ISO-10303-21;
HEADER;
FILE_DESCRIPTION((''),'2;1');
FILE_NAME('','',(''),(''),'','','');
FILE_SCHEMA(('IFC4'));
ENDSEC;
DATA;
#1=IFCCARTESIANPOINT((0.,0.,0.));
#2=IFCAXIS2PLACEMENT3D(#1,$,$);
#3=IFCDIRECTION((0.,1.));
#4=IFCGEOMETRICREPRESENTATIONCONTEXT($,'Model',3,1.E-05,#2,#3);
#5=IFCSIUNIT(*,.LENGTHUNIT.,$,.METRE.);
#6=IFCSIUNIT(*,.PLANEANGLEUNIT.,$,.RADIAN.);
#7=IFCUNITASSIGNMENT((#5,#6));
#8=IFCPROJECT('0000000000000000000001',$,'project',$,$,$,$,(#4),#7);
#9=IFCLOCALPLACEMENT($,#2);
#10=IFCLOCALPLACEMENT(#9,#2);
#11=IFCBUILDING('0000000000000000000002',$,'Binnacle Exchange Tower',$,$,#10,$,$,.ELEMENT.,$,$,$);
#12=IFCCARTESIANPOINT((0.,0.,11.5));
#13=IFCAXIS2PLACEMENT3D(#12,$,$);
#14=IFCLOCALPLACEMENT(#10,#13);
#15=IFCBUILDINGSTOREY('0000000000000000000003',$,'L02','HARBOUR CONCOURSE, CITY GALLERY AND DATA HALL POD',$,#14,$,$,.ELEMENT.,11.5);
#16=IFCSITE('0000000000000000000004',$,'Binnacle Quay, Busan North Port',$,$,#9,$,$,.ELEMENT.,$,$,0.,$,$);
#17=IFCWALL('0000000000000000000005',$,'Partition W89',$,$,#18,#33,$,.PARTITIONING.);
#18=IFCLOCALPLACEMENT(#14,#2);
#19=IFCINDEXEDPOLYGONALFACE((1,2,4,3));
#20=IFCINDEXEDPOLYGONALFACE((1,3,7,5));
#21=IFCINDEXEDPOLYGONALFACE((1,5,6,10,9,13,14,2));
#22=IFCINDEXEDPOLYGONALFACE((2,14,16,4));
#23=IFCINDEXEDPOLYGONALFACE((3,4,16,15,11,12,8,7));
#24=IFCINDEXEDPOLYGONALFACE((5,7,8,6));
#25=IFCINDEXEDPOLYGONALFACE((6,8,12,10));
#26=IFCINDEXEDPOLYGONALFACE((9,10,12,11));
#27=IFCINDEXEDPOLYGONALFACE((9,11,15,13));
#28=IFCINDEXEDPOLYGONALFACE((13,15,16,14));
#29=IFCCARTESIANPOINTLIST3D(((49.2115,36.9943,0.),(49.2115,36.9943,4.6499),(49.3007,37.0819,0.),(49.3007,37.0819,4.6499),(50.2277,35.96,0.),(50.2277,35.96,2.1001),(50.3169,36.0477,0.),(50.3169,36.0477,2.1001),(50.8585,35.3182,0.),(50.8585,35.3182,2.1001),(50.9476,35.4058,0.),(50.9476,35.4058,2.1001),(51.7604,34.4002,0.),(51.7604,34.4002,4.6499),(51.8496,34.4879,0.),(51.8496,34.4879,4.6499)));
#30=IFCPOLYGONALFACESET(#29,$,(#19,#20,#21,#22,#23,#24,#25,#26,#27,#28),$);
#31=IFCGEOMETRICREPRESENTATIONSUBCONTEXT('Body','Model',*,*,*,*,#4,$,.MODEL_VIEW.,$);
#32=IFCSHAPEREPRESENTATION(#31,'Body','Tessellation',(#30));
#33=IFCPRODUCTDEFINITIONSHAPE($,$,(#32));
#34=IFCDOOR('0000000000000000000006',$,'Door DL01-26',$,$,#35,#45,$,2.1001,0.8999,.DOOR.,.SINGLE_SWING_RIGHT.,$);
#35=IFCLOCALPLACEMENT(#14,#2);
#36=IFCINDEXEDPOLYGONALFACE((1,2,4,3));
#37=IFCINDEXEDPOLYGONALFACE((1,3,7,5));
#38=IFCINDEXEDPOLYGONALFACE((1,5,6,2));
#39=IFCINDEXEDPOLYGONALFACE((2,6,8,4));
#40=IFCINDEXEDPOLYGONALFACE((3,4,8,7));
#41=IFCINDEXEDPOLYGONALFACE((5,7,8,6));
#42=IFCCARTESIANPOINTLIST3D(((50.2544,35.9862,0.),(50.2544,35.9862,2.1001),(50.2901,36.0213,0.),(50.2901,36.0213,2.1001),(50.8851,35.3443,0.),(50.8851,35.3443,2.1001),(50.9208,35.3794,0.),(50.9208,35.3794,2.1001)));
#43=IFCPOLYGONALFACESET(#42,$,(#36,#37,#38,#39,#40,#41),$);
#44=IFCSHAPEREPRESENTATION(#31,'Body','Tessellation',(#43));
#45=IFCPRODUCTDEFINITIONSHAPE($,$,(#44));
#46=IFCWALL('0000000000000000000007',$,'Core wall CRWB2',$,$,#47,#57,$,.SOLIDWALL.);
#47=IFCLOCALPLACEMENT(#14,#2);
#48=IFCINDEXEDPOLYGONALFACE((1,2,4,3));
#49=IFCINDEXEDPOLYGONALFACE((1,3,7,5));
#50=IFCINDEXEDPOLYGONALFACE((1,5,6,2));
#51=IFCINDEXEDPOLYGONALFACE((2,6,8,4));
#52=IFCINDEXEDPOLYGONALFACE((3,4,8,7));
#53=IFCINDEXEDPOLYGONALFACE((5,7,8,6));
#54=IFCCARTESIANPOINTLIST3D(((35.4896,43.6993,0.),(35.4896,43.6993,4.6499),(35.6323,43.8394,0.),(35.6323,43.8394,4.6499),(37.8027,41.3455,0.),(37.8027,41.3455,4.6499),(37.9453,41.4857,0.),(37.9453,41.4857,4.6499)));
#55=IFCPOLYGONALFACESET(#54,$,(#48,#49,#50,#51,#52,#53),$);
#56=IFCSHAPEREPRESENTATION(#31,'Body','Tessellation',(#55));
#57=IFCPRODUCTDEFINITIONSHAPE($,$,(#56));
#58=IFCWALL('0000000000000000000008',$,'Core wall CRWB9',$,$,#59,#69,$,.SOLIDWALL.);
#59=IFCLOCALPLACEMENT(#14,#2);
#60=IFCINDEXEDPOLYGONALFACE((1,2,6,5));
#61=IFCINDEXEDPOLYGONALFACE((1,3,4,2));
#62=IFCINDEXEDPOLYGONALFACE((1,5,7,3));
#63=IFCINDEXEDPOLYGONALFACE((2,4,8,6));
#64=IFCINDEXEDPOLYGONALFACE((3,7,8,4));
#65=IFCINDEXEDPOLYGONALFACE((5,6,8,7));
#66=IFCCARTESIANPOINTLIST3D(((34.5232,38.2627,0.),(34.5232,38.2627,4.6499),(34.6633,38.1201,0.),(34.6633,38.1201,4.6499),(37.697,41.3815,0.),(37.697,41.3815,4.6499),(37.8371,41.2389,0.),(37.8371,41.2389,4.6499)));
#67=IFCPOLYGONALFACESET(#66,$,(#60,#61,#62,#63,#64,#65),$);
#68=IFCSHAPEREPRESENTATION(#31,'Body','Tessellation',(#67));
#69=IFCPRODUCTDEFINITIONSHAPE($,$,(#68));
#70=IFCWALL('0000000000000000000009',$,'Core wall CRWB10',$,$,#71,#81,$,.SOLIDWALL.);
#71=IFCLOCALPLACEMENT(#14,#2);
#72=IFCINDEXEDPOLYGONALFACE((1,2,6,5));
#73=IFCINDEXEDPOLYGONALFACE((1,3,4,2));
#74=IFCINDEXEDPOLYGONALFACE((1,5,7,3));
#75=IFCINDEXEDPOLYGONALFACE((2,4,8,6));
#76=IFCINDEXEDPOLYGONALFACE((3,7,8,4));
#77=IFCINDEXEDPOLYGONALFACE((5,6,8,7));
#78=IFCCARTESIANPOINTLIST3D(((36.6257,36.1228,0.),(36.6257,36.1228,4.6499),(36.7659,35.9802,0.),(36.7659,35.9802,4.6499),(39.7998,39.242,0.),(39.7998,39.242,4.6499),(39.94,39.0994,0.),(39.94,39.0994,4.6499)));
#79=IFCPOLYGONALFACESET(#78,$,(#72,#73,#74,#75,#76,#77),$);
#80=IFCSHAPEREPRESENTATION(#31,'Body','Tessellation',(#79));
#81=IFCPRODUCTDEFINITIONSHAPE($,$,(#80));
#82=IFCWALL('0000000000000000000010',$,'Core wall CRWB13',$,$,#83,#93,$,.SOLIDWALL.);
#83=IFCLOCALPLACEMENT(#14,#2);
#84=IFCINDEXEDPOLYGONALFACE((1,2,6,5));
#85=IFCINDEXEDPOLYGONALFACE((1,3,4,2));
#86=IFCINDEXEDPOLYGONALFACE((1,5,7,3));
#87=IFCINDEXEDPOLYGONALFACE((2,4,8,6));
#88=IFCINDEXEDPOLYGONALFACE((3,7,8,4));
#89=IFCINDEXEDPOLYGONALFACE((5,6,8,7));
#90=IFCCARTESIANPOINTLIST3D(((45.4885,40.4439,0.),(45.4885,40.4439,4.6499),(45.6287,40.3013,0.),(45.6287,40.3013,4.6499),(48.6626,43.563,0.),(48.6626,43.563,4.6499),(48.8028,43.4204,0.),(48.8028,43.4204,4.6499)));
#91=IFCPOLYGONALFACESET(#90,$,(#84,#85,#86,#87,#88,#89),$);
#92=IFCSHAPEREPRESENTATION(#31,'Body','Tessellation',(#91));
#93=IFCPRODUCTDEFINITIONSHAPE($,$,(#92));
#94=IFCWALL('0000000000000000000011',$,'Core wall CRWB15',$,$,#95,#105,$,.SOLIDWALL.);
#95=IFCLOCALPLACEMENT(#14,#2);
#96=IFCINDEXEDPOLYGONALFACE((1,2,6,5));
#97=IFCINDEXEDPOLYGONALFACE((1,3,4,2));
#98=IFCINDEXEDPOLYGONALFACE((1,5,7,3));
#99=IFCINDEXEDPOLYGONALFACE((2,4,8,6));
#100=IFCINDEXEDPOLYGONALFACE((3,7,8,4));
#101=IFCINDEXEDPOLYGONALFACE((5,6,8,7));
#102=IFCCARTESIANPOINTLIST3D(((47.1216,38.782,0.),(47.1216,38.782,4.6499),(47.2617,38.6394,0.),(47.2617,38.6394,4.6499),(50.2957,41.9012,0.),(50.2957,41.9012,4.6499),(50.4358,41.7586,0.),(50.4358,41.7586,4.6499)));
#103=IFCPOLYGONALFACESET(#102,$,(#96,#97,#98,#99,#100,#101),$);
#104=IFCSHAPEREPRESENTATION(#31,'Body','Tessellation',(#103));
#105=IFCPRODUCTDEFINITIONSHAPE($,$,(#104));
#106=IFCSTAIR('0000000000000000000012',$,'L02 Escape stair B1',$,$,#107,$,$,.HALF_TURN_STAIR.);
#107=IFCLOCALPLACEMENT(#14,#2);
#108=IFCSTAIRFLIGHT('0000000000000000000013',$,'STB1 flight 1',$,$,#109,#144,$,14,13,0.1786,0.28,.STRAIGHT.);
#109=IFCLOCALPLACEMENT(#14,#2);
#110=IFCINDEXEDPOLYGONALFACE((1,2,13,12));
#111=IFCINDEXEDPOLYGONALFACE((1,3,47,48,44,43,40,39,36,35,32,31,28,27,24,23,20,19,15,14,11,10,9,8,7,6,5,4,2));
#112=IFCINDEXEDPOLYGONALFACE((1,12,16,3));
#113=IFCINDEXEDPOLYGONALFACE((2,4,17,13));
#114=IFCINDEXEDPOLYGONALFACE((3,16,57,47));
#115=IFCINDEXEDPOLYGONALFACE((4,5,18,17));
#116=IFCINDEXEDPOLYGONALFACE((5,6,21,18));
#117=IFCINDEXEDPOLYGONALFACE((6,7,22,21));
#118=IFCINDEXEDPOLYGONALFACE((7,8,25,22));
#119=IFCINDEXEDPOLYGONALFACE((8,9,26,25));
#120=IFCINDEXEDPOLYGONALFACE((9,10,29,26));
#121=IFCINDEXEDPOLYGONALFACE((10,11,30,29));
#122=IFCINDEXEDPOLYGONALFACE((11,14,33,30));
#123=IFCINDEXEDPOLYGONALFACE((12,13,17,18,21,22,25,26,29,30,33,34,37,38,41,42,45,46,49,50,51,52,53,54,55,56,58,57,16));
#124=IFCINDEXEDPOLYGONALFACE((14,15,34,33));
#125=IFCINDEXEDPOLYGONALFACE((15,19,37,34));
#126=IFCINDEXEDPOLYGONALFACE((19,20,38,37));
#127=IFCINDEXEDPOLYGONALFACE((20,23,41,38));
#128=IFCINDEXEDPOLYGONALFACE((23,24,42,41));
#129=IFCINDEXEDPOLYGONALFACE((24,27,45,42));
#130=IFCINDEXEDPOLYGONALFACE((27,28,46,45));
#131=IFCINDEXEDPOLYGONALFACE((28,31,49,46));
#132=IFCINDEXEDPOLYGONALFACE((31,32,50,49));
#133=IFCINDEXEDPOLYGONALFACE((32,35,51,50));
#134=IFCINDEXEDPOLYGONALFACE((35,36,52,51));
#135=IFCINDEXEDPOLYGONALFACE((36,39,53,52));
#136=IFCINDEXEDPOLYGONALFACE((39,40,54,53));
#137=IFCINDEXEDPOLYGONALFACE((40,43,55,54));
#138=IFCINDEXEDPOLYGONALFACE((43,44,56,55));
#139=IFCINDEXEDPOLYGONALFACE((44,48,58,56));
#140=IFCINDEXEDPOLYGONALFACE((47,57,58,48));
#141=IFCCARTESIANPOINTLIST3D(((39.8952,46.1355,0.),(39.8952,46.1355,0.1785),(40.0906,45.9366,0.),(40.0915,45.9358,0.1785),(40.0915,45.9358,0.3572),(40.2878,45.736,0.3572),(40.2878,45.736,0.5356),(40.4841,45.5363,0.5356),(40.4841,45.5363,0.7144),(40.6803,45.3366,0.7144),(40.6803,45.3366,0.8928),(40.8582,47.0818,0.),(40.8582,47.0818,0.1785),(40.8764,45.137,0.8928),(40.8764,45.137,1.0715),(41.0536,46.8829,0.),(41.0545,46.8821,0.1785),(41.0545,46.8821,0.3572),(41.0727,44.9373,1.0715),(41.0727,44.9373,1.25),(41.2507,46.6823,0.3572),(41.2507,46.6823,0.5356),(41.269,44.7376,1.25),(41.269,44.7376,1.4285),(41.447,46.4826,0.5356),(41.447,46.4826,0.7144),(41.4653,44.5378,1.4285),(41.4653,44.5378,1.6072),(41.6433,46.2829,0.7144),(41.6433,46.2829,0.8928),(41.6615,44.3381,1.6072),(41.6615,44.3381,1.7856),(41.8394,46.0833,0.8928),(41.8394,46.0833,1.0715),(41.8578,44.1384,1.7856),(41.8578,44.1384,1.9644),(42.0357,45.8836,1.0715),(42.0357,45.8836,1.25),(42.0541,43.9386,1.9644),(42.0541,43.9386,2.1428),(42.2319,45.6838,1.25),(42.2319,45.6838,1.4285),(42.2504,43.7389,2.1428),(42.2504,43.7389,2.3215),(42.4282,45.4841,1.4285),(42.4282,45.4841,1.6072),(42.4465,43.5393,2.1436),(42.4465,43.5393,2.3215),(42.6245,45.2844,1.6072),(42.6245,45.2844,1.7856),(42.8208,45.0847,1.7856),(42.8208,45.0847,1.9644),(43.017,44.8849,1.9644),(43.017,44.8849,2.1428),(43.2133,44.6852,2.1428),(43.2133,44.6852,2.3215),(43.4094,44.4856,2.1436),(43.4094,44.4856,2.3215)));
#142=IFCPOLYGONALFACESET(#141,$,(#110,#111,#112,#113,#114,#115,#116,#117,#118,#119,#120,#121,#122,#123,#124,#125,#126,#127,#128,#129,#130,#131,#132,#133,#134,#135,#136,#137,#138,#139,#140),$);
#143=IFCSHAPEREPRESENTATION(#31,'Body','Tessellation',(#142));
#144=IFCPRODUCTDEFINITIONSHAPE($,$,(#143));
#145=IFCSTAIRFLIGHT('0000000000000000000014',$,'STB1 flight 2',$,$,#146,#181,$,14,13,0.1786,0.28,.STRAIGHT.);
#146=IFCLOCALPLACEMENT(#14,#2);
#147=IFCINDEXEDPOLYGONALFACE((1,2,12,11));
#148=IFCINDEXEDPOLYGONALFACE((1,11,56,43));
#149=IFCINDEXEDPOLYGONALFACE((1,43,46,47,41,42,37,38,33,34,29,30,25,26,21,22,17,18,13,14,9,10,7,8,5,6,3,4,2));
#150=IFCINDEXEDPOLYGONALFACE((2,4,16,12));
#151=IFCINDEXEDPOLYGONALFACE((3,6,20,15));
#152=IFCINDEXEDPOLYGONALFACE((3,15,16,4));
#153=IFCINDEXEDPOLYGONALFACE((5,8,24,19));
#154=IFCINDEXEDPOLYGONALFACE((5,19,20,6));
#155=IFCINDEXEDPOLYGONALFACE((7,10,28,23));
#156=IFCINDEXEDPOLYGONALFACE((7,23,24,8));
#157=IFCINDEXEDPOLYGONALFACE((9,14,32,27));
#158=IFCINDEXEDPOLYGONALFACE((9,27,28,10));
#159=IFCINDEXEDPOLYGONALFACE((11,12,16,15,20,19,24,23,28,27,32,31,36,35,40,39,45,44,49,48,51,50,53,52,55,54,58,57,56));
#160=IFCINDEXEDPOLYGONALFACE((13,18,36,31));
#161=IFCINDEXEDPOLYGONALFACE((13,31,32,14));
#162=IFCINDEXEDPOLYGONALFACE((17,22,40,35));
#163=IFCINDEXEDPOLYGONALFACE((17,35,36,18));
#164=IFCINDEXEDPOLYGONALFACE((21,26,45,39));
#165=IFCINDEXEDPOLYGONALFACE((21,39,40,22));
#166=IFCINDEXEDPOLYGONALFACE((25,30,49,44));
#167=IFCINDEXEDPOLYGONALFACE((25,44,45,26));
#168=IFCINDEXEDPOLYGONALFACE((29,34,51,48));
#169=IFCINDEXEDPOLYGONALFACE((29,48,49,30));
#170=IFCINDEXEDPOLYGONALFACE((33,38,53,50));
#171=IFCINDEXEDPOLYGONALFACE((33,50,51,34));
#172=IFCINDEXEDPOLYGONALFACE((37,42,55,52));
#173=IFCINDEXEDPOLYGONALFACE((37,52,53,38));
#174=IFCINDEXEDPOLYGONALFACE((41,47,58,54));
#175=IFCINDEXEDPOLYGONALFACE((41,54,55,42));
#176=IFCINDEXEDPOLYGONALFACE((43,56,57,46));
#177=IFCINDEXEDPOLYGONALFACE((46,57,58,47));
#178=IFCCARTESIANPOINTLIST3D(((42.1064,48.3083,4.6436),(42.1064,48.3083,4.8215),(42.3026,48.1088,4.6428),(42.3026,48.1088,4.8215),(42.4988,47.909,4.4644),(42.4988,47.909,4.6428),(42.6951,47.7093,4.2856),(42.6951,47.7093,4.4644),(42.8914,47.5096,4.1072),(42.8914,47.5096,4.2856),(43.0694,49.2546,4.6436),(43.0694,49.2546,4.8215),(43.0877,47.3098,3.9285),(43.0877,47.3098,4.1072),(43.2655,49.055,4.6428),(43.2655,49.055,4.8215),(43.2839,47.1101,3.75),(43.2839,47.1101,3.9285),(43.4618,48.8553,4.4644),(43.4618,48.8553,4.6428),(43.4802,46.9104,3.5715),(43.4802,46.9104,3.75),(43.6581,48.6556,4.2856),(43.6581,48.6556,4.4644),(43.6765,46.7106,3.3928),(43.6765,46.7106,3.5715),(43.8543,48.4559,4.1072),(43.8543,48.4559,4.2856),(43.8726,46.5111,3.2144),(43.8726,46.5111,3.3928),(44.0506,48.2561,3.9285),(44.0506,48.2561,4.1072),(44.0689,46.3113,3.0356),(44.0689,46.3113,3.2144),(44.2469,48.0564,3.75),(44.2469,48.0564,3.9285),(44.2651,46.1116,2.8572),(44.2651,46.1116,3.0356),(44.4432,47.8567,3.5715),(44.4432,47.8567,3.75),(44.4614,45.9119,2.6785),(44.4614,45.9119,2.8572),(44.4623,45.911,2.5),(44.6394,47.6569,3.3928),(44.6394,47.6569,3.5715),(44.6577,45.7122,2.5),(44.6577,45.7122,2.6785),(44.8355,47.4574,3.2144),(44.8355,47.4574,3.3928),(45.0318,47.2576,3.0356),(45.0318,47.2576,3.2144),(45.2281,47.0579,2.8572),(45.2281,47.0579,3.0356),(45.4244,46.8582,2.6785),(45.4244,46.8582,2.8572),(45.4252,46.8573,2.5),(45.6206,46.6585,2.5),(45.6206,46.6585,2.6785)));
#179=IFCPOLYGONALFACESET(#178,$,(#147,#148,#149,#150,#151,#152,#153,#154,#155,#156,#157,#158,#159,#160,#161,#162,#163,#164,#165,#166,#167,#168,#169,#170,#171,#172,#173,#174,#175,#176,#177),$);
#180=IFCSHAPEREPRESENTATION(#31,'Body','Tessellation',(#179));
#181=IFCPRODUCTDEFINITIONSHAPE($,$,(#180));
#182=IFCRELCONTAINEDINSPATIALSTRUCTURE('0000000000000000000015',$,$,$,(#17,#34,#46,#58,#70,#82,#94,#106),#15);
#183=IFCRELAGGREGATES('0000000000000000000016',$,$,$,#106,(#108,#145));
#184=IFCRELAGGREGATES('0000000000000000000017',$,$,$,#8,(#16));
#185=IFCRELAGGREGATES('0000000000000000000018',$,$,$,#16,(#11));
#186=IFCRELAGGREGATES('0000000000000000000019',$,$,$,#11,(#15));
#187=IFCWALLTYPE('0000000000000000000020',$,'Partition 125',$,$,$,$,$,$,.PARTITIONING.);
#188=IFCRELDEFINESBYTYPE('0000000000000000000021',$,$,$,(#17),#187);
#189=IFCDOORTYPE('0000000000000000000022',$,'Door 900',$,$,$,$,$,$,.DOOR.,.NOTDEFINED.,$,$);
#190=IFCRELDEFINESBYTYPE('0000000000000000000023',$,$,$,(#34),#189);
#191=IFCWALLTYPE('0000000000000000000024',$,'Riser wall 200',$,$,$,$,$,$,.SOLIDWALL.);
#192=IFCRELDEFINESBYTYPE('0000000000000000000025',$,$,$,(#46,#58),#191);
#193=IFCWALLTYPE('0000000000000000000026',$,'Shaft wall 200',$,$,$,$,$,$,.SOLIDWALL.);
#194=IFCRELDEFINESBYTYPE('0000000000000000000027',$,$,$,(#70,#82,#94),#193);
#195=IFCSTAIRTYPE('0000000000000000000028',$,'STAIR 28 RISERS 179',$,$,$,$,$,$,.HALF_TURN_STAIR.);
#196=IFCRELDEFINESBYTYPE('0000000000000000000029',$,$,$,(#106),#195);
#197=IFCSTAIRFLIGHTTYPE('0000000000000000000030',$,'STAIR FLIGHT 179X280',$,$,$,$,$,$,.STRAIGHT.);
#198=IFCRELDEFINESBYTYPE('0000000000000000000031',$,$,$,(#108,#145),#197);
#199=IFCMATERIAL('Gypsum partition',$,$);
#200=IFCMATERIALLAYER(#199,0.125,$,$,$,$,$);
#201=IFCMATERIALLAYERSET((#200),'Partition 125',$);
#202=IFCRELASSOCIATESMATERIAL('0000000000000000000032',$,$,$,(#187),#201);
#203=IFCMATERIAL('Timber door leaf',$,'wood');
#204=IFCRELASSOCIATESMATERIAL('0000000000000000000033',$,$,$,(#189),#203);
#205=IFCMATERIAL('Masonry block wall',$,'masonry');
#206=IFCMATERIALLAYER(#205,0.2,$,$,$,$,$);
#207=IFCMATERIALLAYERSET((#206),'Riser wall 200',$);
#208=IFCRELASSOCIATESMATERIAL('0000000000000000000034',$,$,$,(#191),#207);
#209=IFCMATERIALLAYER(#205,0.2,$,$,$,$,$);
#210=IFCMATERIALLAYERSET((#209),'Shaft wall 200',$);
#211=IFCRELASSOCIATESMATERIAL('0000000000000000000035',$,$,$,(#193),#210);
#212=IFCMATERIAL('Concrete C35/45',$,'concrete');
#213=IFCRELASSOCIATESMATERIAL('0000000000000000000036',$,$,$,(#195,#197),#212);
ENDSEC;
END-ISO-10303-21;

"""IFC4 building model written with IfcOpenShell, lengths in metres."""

from ifc_helpers import new_model, si_unit, direction, frame, frame_2d, origin, place, context, subcontext, project, spatial, polyline, rectangle, outline, extrude, material, layer, layer_set, type_object, element, fill, aggregate, save


model = new_model("IFC4")

# Units and contexts
model_context = context("Model", 3, precision=1e-05, world=origin(), true_north=direction((0.0, 1.0)))
body_context = subcontext(model_context, "Body", "Model", "MODEL_VIEW")
ifc_project = project(units=[si_unit("LENGTHUNIT", "METRE"), si_unit("PLANEANGLEUNIT", "RADIAN")], contexts=[model_context])

# Site, building, storey
site_placement = place(None, origin())
site = spatial("IfcSite", under=ifc_project, at=site_placement, Name="Binnacle Quay, Busan North Port", CompositionType="ELEMENT", RefElevation=0.0)
building_placement = place(site_placement, origin())
building = spatial("IfcBuilding", under=site, at=building_placement, Name="Binnacle Exchange Tower", CompositionType="ELEMENT")
storey_placement = place(building_placement, frame((0.0, 0.0, 11.5)))
storey = spatial("IfcBuildingStorey", under=building, at=storey_placement, Name="L02", Description="HARBOUR CONCOURSE, CITY GALLERY AND DATA HALL POD", CompositionType="ELEMENT", Elevation=11.5)

# Wall, opening, door
ifc_material_1 = material(Name="Masonry block wall", Category="masonry")
ifc_material_2 = material(Name="Gypsum partition")
ifc_layer_1 = layer(ifc_material_2, 0.125)
ifc_layer_set_1 = layer_set([ifc_layer_1], Name="Partition 125")
wall_type_1 = type_object("IfcWallType", Name="Partition 125", PredefinedType="PARTITIONING", material=ifc_layer_set_1)
wall_1_placement = place(storey_placement, frame((49.2561, 37.0381, 0.0), z_axis=(0.0, 0.0, 1.0), x_axis=(0.70087, -0.713289, 0.0)))
wall_1 = element("IfcWall", 1, at=wall_1_placement, inside=storey, type_object=wall_type_1, Name="Partition W89", PredefinedType="PARTITIONING", context=body_context, shape_type="SweptSolid", body=[
    extrude(rectangle(XDim=3.6367, YDim=0.125, at=frame_2d((1.8184, 0.0))), origin(), (0.0, 0.0, 1.0), 4.6499),
])
opening_1_placement = place(wall_1_placement, frame((1.45, 0.0, 0.0)))
opening_1 = element("IfcOpeningElement", 2, at=opening_1_placement, cuts=wall_1, PredefinedType="OPENING", context=body_context, shape_type="SweptSolid", body=[
    extrude(rectangle(XDim=0.8999, YDim=2.1001, at=frame_2d((0.45, 1.05))), frame((0.0, 0.0725, 0.0), z_axis=(0.0, -1.0, 0.0), x_axis=(1.0, 0.0, 0.0)), (0.0, 0.0, 1.0), 0.145),
])
ifc_material_3 = material(Name="Timber door leaf", Category="wood")
door_type_1 = type_object("IfcDoorType", Name="Door 900", OperationType="NOTDEFINED", PredefinedType="DOOR", material=ifc_material_3)
door_1_placement = place(opening_1_placement, origin())
door_1 = element("IfcDoor", 3, at=door_1_placement, inside=storey, type_object=door_type_1, Name="Door DL01-26", OperationType="SINGLE_SWING_RIGHT", OverallHeight=2.1001, OverallWidth=0.8999, PredefinedType="DOOR", context=body_context, shape_type="SweptSolid", body=[
    extrude(rectangle(XDim=0.8999, YDim=2.1001, at=frame_2d((0.45, 1.05))), frame((0.0, 0.0249, 0.0), z_axis=(0.0, -1.0, 0.0), x_axis=(1.0, 0.0, 0.0)), (0.0, 0.0, 1.0), 0.05),
])
fill(opening_1, door_1)

# Walls
ifc_layer_2 = layer(ifc_material_1, 0.2)
ifc_layer_set_2 = layer_set([ifc_layer_2], Name="Riser wall 200")
wall_type_2 = type_object("IfcWallType", Name="Riser wall 200", PredefinedType="SOLIDWALL", material=ifc_layer_set_2)
wall_2_placement = place(storey_placement, frame((35.561, 43.7693, 0.0), z_axis=(0.0, 0.0, 1.0), x_axis=(0.700902, -0.713257, 0.0)))
element("IfcWall", 4, at=wall_2_placement, inside=storey, type_object=wall_type_2, Name="Core wall CRWB2", PredefinedType="SOLIDWALL", context=body_context, shape_type="SweptSolid", body=[
    extrude(rectangle(XDim=3.3, YDim=0.2, at=frame_2d((1.6499, 0.0))), origin(), (0.0, 0.0, 1.0), 4.6499),
])
wall_3_placement = place(storey_placement, frame((34.5933, 38.1914, 0.0), z_axis=(0.0, 0.0, 1.0), x_axis=(0.713252, 0.700907, 0.0)))
element("IfcWall", 5, at=wall_3_placement, inside=storey, type_object=wall_type_2, Name="Core wall CRWB9", PredefinedType="SOLIDWALL", context=body_context, shape_type="SweptSolid", body=[
    extrude(rectangle(XDim=4.4497, YDim=0.2, at=frame_2d((2.2249, 0.0))), origin(), (0.0, 0.0, 1.0), 4.6499),
])
ifc_layer_3 = layer(ifc_material_1, 0.2)
ifc_layer_set_3 = layer_set([ifc_layer_3], Name="Shaft wall 200")
wall_type_3 = type_object("IfcWallType", Name="Shaft wall 200", PredefinedType="SOLIDWALL", material=ifc_layer_set_3)
for number, where, z_axis, x_axis, name in (
    (6, (36.6958, 36.0515, 0.0), (0.0, 0.0, 1.0), (0.713252, 0.700908, 0.0), "Core wall CRWB10"),
    (7, (45.5586, 40.3726, 0.0), (0.0, 0.0, 1.0), (0.713252, 0.700908, 0.0), "Core wall CRWB13"),
    (8, (47.1917, 38.7107, 0.0), (0.0, 0.0, 1.0), (0.713252, 0.700908, 0.0), "Core wall CRWB15"),
):
    element("IfcWall", number, at=place(storey_placement, frame(where, z_axis=z_axis, x_axis=x_axis)), inside=storey, type_object=wall_type_3, Name=name, PredefinedType="SOLIDWALL", context=body_context, shape_type="SweptSolid", body=[
        extrude(rectangle(XDim=4.4502, YDim=0.2, at=frame_2d((2.2251, 0.0))), origin(), (0.0, 0.0, 1.0), 4.6499),
    ])

# Stair, stair flights
ifc_material_4 = material(Name="Concrete C35/45", Category="concrete")
stair_type = type_object("IfcStairType", Name="STAIR 28 RISERS 179", PredefinedType="HALF_TURN_STAIR", material=ifc_material_4)
stair_placement = place(storey_placement, origin())
stair = element("IfcStair", 9, at=stair_placement, inside=storey, type_object=stair_type, Name="L02 Escape stair B1", PredefinedType="HALF_TURN_STAIR")
stair_flight_type = type_object("IfcStairFlightType", Name="STAIR FLIGHT 179X280", PredefinedType="STRAIGHT", material=ifc_material_4)
stair_flight_1_placement = place(storey_placement, frame((40.3767, 46.6086, 0.0), z_axis=(0.0, 0.0, 1.0), x_axis=(0.700909, -0.71325, 0.0)))
stair_flight_1 = element("IfcStairFlight", 10, at=stair_flight_1_placement, type_object=stair_flight_type, Name="STB1 flight 1", NumberOfRisers=14, NumberOfTreads=13, PredefinedType="STRAIGHT", RiserHeight=0.1786, TreadLength=0.28, context=body_context, shape_type="SweptSolid", body=[
    extrude(outline(polyline([(0.0, 0.0), (0.0, 0.1785), (0.28, 0.1785), (0.28, 0.3572), (0.5601, 0.3572), (0.5601, 0.5356), (0.8401, 0.5356), (0.8401, 0.7144), (1.1201, 0.7144), (1.1201, 0.8928), (1.3999, 0.8928), (1.3999, 1.0715), (1.6799, 1.0715), (1.6799, 1.25), (1.96, 1.25), (1.96, 1.4285), (2.24, 1.4285), (2.24, 1.6072), (2.52, 1.6072), (2.52, 1.7856), (2.8, 1.7856), (2.8, 1.9644), (3.0801, 1.9644), (3.0801, 2.1428), (3.3601, 2.1428), (3.3601, 2.3215), (3.6399, 2.3215), (3.6399, 2.5), (3.6399, 2.1436), (0.2788, 0.0), (0.0, 0.0)])), frame((0.0, 0.675, 0.0), z_axis=(0.0, -1.0, 0.0), x_axis=(1.0, 0.0, 0.0)), (0.0, 0.0, 1.0), 1.3501),
])
stair_flight_2_placement = place(storey_placement, frame((45.1392, 46.1853, 2.5), z_axis=(0.0, 0.0, 1.0), x_axis=(-0.700909, 0.71325, 0.0)))
stair_flight_2 = element("IfcStairFlight", 11, at=stair_flight_2_placement, type_object=stair_flight_type, Name="STB1 flight 2", NumberOfRisers=14, NumberOfTreads=13, PredefinedType="STRAIGHT", RiserHeight=0.1786, TreadLength=0.28, context=body_context, shape_type="SweptSolid", body=[
    extrude(outline(polyline([(0.0, 0.0), (0.0, 0.1785), (0.28, 0.1785), (0.28, 0.3572), (0.5601, 0.3572), (0.5601, 0.5356), (0.8401, 0.5356), (0.8401, 0.7144), (1.1201, 0.7144), (1.1201, 0.8928), (1.3999, 0.8928), (1.3999, 1.0715), (1.6799, 1.0715), (1.6799, 1.25), (1.96, 1.25), (1.96, 1.4285), (2.24, 1.4285), (2.24, 1.6072), (2.52, 1.6072), (2.52, 1.7856), (2.8, 1.7856), (2.8, 1.9644), (3.0801, 1.9644), (3.0801, 2.1428), (3.3601, 2.1428), (3.3601, 2.3215), (3.6399, 2.3215), (3.6399, 2.5), (3.6399, 2.1436), (0.2788, 0.0), (0.0, 0.0)])), frame((0.0, 0.675, 0.0), z_axis=(0.0, -1.0, 0.0), x_axis=(1.0, 0.0, 0.0)), (0.0, 0.0, 1.0), 1.3501),
])
aggregate(stair, [stair_flight_1, stair_flight_2])

save(model, "model.ifc")
